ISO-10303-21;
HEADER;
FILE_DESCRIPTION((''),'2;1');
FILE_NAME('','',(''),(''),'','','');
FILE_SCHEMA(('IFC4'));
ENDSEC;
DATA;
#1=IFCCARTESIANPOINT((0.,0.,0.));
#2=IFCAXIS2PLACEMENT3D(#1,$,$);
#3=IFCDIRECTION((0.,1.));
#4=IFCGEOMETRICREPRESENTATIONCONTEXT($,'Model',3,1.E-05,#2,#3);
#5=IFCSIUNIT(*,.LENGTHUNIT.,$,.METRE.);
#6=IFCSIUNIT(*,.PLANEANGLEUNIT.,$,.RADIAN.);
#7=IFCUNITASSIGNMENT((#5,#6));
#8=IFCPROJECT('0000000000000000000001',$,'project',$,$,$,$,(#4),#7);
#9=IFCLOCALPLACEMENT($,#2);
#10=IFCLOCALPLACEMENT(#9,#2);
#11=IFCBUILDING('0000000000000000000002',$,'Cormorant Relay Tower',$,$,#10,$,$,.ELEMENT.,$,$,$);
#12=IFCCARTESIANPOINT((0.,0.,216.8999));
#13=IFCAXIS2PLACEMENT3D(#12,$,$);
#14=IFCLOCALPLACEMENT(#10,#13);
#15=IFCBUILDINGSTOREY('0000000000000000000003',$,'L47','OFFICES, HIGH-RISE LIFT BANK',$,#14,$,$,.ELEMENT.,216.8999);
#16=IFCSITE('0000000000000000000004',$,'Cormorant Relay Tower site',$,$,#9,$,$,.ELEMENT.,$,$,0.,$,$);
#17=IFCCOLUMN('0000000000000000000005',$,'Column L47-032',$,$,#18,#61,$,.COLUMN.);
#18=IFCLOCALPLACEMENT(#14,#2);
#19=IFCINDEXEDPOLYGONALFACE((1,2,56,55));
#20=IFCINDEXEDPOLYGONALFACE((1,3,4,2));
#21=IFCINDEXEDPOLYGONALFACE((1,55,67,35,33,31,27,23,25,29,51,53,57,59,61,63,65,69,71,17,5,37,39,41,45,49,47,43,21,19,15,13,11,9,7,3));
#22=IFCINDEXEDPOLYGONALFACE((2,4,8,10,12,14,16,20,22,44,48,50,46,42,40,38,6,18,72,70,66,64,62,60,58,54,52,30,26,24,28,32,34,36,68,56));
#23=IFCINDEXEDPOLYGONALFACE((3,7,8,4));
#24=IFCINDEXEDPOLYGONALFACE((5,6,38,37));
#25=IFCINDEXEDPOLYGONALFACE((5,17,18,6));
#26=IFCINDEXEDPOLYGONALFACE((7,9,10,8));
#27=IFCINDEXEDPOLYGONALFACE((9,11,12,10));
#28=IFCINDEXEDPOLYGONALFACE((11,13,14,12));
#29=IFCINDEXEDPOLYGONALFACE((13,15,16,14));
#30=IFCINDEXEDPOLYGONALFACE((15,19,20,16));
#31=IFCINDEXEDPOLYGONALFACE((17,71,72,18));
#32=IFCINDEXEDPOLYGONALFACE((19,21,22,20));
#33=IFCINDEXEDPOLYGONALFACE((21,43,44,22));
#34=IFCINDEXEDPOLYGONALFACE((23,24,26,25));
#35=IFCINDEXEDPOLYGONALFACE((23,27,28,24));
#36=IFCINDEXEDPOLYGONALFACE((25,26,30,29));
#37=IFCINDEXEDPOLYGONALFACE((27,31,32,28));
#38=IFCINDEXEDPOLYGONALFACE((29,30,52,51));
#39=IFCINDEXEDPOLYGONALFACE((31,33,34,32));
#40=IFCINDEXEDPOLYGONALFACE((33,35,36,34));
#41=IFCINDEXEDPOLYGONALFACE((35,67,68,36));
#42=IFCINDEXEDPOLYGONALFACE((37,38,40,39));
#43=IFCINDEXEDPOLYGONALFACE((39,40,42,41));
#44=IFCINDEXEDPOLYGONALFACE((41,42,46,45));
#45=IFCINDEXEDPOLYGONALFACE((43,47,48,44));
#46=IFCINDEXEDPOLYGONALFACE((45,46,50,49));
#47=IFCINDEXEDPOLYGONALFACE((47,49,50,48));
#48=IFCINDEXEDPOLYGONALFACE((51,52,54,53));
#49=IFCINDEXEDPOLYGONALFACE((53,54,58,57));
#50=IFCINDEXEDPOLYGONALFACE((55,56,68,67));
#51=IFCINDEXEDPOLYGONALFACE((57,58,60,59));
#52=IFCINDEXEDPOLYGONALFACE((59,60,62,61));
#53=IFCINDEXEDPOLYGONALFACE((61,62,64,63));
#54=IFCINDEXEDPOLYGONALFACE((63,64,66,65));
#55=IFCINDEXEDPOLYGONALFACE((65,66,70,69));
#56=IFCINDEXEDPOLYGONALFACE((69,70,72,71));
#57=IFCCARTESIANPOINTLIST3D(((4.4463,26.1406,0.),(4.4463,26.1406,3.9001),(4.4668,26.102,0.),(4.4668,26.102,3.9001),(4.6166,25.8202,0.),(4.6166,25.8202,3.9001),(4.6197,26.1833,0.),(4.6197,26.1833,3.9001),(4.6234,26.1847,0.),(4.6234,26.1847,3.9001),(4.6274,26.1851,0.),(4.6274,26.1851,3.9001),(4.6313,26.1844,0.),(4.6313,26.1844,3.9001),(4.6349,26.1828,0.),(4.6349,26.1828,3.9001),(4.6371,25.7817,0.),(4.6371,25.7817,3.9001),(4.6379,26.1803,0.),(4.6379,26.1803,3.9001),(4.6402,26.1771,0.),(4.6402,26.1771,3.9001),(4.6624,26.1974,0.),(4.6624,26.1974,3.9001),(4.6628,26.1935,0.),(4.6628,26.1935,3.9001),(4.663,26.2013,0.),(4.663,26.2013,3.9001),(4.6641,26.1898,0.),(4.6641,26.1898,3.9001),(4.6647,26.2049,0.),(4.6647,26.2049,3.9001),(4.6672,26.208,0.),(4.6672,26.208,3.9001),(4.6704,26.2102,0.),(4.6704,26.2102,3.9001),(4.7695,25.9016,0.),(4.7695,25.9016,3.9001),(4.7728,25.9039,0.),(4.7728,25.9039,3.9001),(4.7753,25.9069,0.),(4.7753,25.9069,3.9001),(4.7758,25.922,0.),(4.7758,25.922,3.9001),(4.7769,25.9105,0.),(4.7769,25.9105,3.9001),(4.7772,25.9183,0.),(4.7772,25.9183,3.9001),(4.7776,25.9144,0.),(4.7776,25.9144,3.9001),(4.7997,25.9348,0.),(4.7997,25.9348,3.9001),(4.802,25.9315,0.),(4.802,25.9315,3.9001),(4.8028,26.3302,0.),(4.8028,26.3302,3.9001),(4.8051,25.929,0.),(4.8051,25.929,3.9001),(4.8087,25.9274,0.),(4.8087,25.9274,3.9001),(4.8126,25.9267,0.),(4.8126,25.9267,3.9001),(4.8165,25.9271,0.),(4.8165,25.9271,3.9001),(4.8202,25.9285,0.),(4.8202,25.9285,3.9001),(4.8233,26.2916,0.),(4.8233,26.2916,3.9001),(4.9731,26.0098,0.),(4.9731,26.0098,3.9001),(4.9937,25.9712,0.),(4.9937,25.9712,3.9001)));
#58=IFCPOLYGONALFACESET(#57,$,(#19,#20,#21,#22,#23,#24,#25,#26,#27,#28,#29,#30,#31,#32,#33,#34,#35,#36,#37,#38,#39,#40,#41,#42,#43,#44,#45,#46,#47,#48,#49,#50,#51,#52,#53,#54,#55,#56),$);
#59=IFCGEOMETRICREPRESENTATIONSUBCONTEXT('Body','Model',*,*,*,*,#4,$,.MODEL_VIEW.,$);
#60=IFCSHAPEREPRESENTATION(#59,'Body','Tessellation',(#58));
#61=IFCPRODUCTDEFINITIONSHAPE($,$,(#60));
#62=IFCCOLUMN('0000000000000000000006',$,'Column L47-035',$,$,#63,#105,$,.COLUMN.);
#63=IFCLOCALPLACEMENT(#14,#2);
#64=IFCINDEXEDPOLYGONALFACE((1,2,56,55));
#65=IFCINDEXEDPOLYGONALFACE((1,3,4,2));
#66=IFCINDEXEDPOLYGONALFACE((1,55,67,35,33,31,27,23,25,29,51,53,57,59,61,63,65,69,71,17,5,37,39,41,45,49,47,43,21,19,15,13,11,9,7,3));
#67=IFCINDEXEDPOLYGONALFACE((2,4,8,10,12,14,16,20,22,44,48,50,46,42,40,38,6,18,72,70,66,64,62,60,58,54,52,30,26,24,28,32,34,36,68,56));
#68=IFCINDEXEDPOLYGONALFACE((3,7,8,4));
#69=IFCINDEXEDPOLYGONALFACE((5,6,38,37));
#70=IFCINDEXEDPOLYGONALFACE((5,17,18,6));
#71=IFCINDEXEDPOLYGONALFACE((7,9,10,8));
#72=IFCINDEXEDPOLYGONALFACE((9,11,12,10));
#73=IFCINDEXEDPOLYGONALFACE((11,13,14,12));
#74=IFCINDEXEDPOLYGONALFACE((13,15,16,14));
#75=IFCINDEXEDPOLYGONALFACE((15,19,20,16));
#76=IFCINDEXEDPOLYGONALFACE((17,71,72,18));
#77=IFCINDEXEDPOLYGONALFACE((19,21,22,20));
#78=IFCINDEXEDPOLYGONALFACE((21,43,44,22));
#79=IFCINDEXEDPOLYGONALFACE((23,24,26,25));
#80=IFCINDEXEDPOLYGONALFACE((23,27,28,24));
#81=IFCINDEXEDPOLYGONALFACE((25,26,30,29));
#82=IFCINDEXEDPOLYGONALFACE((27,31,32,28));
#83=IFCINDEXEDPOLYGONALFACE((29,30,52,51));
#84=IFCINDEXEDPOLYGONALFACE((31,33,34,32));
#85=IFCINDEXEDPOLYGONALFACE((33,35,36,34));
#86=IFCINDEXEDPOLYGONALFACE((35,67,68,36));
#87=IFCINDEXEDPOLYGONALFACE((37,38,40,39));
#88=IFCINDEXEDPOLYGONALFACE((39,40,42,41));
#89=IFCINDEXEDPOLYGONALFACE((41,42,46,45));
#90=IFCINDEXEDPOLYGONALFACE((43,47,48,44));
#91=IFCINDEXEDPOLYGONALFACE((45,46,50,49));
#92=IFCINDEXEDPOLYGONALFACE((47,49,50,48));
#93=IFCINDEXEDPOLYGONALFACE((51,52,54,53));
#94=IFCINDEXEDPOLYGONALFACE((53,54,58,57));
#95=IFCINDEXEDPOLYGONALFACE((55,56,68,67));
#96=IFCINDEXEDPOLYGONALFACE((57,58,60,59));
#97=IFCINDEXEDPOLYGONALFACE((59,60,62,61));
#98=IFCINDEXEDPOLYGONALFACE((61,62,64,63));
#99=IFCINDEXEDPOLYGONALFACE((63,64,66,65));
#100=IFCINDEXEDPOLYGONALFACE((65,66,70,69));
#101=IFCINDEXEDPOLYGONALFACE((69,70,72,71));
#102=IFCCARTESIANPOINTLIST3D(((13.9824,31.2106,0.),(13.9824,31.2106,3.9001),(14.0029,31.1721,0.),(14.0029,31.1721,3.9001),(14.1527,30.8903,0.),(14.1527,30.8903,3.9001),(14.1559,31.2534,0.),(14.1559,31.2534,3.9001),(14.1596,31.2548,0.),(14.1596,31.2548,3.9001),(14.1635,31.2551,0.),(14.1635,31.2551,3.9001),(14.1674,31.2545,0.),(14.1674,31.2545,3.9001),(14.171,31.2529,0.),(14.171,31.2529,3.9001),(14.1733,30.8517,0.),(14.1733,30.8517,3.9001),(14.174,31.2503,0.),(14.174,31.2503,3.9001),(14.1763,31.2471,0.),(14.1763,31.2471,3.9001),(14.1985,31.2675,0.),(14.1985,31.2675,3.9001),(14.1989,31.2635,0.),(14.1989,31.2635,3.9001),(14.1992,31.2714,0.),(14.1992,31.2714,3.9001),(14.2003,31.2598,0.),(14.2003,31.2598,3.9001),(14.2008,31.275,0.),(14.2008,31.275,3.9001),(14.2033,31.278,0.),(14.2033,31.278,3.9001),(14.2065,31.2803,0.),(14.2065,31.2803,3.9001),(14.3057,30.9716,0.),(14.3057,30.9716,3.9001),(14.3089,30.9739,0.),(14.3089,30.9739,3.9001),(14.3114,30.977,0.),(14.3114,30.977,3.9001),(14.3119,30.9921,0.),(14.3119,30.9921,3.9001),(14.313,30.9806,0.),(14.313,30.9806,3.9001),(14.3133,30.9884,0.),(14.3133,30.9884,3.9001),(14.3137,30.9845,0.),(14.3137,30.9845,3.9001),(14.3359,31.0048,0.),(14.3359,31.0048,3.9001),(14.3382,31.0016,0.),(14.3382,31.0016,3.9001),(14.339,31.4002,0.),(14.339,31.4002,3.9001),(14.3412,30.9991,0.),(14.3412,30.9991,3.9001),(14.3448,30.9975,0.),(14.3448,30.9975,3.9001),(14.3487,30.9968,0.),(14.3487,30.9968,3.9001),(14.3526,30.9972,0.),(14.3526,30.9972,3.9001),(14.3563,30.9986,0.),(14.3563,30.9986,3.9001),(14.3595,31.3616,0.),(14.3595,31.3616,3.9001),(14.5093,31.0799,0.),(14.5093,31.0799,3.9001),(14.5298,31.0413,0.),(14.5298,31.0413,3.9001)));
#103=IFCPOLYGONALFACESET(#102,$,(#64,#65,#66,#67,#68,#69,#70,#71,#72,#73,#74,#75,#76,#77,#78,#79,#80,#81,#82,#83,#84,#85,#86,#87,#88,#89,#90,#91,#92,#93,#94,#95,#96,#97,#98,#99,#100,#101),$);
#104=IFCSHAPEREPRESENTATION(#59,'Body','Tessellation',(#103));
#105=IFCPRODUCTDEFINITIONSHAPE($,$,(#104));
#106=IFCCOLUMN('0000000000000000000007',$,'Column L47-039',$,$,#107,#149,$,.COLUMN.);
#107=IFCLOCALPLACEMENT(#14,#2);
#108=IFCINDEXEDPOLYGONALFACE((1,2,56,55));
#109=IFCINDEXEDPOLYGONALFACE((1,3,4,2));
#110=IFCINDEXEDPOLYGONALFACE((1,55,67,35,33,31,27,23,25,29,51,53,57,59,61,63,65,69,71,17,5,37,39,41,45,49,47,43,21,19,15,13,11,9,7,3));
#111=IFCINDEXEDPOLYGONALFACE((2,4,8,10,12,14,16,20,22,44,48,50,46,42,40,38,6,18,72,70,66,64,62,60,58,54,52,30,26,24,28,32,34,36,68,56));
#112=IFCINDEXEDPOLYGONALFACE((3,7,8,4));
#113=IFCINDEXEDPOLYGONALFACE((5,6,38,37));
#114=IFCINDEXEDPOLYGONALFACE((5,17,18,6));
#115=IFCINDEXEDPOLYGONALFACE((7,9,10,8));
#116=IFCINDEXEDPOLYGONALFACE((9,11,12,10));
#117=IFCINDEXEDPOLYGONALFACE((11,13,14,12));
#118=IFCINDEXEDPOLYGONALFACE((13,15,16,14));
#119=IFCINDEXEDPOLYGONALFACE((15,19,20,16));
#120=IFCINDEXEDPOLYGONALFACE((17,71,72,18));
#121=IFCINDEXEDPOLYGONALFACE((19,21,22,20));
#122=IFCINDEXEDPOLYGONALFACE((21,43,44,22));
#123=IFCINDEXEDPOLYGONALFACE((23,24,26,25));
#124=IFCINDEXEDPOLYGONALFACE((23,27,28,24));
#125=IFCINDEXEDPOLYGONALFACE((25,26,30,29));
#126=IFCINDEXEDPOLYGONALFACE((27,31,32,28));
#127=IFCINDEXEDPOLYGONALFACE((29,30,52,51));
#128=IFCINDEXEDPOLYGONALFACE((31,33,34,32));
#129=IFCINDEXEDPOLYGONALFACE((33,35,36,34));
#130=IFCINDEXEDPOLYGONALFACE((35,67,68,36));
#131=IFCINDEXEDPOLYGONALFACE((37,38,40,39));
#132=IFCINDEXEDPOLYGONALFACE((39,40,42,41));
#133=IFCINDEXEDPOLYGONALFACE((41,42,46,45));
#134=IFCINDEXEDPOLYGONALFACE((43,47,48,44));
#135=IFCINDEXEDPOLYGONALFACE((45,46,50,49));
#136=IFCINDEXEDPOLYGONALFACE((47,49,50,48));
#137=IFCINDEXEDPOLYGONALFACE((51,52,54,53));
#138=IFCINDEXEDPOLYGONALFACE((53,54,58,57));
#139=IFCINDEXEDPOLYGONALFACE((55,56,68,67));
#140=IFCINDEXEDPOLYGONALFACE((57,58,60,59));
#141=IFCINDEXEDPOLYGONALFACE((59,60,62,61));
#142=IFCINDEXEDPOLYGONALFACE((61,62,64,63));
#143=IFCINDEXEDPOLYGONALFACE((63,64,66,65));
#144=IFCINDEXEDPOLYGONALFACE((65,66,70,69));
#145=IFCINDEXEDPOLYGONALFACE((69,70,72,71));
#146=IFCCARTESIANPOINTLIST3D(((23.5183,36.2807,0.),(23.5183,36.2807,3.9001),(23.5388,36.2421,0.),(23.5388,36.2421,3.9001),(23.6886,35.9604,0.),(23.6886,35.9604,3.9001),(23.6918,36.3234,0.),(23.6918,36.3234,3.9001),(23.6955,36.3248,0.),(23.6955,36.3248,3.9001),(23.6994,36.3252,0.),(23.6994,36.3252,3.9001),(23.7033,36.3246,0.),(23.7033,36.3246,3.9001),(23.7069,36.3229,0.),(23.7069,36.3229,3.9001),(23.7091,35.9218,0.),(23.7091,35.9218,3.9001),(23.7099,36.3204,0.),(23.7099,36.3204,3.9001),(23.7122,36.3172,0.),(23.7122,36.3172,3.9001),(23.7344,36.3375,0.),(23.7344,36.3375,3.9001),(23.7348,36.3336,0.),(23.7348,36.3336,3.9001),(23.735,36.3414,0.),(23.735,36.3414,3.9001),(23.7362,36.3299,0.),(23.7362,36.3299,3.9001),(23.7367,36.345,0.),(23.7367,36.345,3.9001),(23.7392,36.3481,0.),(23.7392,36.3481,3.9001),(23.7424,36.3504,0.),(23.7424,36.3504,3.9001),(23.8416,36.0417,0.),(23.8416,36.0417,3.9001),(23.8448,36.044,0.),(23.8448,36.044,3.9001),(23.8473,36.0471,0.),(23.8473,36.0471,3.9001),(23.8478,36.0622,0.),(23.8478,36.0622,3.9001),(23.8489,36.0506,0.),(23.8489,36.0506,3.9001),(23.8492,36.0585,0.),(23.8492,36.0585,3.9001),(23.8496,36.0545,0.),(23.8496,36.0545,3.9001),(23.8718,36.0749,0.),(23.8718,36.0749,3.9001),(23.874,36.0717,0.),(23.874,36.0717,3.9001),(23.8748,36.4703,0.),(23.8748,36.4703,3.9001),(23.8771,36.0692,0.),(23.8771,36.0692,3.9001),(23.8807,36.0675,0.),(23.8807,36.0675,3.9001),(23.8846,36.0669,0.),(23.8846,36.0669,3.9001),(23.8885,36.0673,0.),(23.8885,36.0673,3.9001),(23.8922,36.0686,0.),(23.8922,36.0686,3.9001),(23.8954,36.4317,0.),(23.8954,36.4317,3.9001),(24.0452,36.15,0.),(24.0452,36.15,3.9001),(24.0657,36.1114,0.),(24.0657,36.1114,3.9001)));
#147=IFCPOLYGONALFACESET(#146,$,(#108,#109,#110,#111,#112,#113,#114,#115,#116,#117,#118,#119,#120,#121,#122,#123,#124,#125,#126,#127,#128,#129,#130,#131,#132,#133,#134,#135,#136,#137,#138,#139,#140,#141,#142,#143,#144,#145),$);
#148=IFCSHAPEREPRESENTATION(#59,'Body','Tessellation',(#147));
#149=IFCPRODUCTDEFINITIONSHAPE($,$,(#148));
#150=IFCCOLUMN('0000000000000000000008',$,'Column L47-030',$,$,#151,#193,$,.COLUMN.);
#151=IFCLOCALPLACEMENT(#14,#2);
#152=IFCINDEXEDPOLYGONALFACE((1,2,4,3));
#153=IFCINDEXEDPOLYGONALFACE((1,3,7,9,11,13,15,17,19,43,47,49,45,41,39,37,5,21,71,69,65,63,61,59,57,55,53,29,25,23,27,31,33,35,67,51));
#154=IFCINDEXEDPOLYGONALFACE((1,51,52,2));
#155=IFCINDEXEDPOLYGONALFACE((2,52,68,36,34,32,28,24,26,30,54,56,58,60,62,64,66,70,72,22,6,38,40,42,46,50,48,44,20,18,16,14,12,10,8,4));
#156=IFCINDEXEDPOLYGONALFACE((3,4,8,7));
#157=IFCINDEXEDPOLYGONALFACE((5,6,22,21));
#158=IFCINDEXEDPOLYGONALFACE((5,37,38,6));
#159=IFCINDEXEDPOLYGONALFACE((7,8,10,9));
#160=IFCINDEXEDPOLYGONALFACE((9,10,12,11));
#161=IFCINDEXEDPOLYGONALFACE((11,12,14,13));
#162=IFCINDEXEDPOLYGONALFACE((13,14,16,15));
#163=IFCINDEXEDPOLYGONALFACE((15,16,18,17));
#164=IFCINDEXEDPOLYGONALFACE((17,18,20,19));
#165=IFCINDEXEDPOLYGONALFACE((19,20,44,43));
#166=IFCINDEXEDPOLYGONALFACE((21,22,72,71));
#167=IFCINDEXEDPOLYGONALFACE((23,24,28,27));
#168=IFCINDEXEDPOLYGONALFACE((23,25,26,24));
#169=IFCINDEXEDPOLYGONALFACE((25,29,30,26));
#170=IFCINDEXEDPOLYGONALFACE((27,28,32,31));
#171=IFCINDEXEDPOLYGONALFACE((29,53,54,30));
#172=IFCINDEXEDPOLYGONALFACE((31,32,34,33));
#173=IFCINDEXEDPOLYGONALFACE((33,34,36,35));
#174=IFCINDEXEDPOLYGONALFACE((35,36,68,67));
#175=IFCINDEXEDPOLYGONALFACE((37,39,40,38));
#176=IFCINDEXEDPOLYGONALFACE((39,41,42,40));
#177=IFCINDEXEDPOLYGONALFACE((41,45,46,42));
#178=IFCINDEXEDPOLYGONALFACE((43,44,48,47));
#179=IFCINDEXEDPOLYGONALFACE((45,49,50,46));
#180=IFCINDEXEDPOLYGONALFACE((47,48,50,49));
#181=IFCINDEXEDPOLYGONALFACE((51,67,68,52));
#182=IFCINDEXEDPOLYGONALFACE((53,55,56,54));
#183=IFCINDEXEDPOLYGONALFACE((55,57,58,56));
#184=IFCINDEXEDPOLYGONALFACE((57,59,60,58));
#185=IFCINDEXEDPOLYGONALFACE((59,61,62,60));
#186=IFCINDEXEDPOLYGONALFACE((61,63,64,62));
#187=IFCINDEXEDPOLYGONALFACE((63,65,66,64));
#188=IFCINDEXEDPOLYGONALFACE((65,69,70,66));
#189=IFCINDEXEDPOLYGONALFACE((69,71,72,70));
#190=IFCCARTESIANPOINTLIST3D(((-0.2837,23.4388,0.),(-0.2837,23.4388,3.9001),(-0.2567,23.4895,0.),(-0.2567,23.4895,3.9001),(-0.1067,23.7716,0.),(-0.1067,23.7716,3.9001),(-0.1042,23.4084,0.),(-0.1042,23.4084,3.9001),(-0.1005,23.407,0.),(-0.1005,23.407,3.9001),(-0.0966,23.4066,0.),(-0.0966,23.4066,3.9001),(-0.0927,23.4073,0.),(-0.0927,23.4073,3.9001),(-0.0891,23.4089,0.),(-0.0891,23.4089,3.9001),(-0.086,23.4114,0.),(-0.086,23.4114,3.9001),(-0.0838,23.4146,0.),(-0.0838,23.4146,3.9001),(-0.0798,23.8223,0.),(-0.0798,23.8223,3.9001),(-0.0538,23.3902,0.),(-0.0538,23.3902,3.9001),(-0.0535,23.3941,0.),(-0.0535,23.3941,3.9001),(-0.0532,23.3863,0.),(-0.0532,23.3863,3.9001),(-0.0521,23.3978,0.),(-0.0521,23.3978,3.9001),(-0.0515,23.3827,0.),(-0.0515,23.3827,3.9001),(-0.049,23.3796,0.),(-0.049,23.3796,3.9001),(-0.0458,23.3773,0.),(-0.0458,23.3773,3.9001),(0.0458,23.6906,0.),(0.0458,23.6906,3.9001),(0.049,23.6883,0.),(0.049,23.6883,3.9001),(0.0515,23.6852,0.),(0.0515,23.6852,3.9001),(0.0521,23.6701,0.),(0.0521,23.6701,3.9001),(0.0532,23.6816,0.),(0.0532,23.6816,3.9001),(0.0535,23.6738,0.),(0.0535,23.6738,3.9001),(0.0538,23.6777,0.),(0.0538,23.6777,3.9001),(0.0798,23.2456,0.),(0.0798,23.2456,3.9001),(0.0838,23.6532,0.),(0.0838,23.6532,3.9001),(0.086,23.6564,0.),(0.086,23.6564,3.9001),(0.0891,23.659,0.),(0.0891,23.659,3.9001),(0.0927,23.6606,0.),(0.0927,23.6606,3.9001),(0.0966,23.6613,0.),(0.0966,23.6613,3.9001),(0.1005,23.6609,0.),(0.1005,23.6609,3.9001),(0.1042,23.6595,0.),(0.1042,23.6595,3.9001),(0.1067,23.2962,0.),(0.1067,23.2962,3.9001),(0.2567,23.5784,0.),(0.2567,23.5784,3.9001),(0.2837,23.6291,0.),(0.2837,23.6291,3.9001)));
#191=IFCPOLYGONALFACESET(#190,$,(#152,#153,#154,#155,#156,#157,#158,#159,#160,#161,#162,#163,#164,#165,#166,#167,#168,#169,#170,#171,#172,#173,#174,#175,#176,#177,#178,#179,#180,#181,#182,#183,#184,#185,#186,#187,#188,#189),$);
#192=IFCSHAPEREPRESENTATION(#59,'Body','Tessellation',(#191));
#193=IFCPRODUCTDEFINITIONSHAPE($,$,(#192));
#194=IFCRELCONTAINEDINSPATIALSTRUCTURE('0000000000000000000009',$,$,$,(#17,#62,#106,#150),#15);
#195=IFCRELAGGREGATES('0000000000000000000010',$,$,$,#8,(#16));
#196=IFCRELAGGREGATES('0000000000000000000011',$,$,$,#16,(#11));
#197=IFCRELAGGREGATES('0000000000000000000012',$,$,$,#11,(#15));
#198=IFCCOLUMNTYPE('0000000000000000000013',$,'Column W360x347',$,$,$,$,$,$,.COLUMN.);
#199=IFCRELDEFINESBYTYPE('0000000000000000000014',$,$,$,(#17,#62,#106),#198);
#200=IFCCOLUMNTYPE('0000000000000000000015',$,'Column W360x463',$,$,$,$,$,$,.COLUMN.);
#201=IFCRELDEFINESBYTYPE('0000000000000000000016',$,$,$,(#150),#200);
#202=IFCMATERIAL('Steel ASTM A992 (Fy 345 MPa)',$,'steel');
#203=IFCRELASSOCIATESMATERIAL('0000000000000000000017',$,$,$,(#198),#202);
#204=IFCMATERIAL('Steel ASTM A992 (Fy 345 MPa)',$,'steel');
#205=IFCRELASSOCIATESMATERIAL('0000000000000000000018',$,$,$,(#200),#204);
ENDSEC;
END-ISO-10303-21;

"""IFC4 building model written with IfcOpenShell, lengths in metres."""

from ifc_helpers import new_model, si_unit, direction, frame, origin, origin_2d, place, context, subcontext, project, spatial, i_section, extrude, material, material_profile, profile_set, type_object, element, save


model = new_model("IFC4")

# Units and contexts
model_context = context("Model", 3, precision=1e-05, world=origin(), true_north=direction((0.0, 1.0)))
body_context = subcontext(model_context, "Body", "Model", "MODEL_VIEW")
ifc_project = project(units=[si_unit("LENGTHUNIT", "METRE"), si_unit("PLANEANGLEUNIT", "RADIAN")], contexts=[model_context])

# Site, building, storey
site_placement = place(None, origin())
site = spatial("IfcSite", under=ifc_project, at=site_placement, Name="Cormorant Relay Tower site", CompositionType="ELEMENT", RefElevation=0.0)
building_placement = place(site_placement, origin())
building = spatial("IfcBuilding", under=site, at=building_placement, Name="Cormorant Relay Tower", CompositionType="ELEMENT")
storey_placement = place(building_placement, frame((0.0, 0.0, 216.8999)))
storey = spatial("IfcBuildingStorey", under=building, at=storey_placement, Name="L47", Description="OFFICES, HIGH-RISE LIFT BANK", CompositionType="ELEMENT", Elevation=216.8999)

# Columns
ifc_material_1 = material(Name="Steel ASTM A992 (Fy 345 MPa)", Category="steel")
ifc_material_profile_1 = material_profile(ifc_material_1, i_section(OverallWidth=0.4038, OverallDepth=0.4065, WebThickness=0.0271, FlangeThickness=0.0437, FilletRadius=0.0151, at=origin_2d()), Name="W360x347")
ifc_profile_set_1 = profile_set([ifc_material_profile_1], Name="Steel ASTM A992 (Fy 345 MPa)")
column_type_1 = type_object("IfcColumnType", Name="Column W360x347", PredefinedType="COLUMN", material=ifc_profile_set_1)
for number, where, z_axis, x_axis, name in (
    (1, (4.72, 26.0559, 0.0), (0.0, 0.0, 1.0), (-0.882948, -0.469472, 0.0), "Column L47-032"),
    (2, (14.2561, 31.126, 0.0), (0.0, 0.0, 1.0), (-0.882948, -0.469472, 0.0), "Column L47-035"),
    (3, (23.792, 36.196, 0.0), (0.0, 0.0, 1.0), (-0.882948, -0.469472, 0.0), "Column L47-039"),
):
    element("IfcColumn", number, at=place(storey_placement, frame(where, z_axis=z_axis, x_axis=x_axis)), inside=storey, type_object=column_type_1, Name=name, PredefinedType="COLUMN", context=body_context, shape_type="SweptSolid", body=[
        extrude(i_section(OverallWidth=0.4038, OverallDepth=0.4065, WebThickness=0.0271, FlangeThickness=0.0437, FilletRadius=0.0151, at=origin_2d()), origin(), (0.0, 0.0, 1.0), 3.9001),
    ])
ifc_material_2 = material(Name="Steel ASTM A992 (Fy 345 MPa)", Category="steel")
ifc_material_profile_2 = material_profile(ifc_material_2, i_section(OverallWidth=0.4116, OverallDepth=0.4343, WebThickness=0.0359, FlangeThickness=0.0574, FilletRadius=0.0151, at=origin_2d()), Name="W360x463")
ifc_profile_set_2 = profile_set([ifc_material_profile_2], Name="Steel ASTM A992 (Fy 345 MPa)")
column_type_2 = type_object("IfcColumnType", Name="Column W360x463", PredefinedType="COLUMN", material=ifc_profile_set_2)
column_placement = place(storey_placement, frame((0.0, 23.5339, 0.0), z_axis=(0.0, 0.0, 1.0), x_axis=(-0.882948, 0.469472, 0.0)))
element("IfcColumn", 4, at=column_placement, inside=storey, type_object=column_type_2, Name="Column L47-030", PredefinedType="COLUMN", context=body_context, shape_type="SweptSolid", body=[
    extrude(i_section(OverallWidth=0.4116, OverallDepth=0.4343, WebThickness=0.0359, FlangeThickness=0.0574, FilletRadius=0.0151, at=origin_2d()), origin(), (0.0, 0.0, 1.0), 3.9001),
])

save(model, "model.ifc")
